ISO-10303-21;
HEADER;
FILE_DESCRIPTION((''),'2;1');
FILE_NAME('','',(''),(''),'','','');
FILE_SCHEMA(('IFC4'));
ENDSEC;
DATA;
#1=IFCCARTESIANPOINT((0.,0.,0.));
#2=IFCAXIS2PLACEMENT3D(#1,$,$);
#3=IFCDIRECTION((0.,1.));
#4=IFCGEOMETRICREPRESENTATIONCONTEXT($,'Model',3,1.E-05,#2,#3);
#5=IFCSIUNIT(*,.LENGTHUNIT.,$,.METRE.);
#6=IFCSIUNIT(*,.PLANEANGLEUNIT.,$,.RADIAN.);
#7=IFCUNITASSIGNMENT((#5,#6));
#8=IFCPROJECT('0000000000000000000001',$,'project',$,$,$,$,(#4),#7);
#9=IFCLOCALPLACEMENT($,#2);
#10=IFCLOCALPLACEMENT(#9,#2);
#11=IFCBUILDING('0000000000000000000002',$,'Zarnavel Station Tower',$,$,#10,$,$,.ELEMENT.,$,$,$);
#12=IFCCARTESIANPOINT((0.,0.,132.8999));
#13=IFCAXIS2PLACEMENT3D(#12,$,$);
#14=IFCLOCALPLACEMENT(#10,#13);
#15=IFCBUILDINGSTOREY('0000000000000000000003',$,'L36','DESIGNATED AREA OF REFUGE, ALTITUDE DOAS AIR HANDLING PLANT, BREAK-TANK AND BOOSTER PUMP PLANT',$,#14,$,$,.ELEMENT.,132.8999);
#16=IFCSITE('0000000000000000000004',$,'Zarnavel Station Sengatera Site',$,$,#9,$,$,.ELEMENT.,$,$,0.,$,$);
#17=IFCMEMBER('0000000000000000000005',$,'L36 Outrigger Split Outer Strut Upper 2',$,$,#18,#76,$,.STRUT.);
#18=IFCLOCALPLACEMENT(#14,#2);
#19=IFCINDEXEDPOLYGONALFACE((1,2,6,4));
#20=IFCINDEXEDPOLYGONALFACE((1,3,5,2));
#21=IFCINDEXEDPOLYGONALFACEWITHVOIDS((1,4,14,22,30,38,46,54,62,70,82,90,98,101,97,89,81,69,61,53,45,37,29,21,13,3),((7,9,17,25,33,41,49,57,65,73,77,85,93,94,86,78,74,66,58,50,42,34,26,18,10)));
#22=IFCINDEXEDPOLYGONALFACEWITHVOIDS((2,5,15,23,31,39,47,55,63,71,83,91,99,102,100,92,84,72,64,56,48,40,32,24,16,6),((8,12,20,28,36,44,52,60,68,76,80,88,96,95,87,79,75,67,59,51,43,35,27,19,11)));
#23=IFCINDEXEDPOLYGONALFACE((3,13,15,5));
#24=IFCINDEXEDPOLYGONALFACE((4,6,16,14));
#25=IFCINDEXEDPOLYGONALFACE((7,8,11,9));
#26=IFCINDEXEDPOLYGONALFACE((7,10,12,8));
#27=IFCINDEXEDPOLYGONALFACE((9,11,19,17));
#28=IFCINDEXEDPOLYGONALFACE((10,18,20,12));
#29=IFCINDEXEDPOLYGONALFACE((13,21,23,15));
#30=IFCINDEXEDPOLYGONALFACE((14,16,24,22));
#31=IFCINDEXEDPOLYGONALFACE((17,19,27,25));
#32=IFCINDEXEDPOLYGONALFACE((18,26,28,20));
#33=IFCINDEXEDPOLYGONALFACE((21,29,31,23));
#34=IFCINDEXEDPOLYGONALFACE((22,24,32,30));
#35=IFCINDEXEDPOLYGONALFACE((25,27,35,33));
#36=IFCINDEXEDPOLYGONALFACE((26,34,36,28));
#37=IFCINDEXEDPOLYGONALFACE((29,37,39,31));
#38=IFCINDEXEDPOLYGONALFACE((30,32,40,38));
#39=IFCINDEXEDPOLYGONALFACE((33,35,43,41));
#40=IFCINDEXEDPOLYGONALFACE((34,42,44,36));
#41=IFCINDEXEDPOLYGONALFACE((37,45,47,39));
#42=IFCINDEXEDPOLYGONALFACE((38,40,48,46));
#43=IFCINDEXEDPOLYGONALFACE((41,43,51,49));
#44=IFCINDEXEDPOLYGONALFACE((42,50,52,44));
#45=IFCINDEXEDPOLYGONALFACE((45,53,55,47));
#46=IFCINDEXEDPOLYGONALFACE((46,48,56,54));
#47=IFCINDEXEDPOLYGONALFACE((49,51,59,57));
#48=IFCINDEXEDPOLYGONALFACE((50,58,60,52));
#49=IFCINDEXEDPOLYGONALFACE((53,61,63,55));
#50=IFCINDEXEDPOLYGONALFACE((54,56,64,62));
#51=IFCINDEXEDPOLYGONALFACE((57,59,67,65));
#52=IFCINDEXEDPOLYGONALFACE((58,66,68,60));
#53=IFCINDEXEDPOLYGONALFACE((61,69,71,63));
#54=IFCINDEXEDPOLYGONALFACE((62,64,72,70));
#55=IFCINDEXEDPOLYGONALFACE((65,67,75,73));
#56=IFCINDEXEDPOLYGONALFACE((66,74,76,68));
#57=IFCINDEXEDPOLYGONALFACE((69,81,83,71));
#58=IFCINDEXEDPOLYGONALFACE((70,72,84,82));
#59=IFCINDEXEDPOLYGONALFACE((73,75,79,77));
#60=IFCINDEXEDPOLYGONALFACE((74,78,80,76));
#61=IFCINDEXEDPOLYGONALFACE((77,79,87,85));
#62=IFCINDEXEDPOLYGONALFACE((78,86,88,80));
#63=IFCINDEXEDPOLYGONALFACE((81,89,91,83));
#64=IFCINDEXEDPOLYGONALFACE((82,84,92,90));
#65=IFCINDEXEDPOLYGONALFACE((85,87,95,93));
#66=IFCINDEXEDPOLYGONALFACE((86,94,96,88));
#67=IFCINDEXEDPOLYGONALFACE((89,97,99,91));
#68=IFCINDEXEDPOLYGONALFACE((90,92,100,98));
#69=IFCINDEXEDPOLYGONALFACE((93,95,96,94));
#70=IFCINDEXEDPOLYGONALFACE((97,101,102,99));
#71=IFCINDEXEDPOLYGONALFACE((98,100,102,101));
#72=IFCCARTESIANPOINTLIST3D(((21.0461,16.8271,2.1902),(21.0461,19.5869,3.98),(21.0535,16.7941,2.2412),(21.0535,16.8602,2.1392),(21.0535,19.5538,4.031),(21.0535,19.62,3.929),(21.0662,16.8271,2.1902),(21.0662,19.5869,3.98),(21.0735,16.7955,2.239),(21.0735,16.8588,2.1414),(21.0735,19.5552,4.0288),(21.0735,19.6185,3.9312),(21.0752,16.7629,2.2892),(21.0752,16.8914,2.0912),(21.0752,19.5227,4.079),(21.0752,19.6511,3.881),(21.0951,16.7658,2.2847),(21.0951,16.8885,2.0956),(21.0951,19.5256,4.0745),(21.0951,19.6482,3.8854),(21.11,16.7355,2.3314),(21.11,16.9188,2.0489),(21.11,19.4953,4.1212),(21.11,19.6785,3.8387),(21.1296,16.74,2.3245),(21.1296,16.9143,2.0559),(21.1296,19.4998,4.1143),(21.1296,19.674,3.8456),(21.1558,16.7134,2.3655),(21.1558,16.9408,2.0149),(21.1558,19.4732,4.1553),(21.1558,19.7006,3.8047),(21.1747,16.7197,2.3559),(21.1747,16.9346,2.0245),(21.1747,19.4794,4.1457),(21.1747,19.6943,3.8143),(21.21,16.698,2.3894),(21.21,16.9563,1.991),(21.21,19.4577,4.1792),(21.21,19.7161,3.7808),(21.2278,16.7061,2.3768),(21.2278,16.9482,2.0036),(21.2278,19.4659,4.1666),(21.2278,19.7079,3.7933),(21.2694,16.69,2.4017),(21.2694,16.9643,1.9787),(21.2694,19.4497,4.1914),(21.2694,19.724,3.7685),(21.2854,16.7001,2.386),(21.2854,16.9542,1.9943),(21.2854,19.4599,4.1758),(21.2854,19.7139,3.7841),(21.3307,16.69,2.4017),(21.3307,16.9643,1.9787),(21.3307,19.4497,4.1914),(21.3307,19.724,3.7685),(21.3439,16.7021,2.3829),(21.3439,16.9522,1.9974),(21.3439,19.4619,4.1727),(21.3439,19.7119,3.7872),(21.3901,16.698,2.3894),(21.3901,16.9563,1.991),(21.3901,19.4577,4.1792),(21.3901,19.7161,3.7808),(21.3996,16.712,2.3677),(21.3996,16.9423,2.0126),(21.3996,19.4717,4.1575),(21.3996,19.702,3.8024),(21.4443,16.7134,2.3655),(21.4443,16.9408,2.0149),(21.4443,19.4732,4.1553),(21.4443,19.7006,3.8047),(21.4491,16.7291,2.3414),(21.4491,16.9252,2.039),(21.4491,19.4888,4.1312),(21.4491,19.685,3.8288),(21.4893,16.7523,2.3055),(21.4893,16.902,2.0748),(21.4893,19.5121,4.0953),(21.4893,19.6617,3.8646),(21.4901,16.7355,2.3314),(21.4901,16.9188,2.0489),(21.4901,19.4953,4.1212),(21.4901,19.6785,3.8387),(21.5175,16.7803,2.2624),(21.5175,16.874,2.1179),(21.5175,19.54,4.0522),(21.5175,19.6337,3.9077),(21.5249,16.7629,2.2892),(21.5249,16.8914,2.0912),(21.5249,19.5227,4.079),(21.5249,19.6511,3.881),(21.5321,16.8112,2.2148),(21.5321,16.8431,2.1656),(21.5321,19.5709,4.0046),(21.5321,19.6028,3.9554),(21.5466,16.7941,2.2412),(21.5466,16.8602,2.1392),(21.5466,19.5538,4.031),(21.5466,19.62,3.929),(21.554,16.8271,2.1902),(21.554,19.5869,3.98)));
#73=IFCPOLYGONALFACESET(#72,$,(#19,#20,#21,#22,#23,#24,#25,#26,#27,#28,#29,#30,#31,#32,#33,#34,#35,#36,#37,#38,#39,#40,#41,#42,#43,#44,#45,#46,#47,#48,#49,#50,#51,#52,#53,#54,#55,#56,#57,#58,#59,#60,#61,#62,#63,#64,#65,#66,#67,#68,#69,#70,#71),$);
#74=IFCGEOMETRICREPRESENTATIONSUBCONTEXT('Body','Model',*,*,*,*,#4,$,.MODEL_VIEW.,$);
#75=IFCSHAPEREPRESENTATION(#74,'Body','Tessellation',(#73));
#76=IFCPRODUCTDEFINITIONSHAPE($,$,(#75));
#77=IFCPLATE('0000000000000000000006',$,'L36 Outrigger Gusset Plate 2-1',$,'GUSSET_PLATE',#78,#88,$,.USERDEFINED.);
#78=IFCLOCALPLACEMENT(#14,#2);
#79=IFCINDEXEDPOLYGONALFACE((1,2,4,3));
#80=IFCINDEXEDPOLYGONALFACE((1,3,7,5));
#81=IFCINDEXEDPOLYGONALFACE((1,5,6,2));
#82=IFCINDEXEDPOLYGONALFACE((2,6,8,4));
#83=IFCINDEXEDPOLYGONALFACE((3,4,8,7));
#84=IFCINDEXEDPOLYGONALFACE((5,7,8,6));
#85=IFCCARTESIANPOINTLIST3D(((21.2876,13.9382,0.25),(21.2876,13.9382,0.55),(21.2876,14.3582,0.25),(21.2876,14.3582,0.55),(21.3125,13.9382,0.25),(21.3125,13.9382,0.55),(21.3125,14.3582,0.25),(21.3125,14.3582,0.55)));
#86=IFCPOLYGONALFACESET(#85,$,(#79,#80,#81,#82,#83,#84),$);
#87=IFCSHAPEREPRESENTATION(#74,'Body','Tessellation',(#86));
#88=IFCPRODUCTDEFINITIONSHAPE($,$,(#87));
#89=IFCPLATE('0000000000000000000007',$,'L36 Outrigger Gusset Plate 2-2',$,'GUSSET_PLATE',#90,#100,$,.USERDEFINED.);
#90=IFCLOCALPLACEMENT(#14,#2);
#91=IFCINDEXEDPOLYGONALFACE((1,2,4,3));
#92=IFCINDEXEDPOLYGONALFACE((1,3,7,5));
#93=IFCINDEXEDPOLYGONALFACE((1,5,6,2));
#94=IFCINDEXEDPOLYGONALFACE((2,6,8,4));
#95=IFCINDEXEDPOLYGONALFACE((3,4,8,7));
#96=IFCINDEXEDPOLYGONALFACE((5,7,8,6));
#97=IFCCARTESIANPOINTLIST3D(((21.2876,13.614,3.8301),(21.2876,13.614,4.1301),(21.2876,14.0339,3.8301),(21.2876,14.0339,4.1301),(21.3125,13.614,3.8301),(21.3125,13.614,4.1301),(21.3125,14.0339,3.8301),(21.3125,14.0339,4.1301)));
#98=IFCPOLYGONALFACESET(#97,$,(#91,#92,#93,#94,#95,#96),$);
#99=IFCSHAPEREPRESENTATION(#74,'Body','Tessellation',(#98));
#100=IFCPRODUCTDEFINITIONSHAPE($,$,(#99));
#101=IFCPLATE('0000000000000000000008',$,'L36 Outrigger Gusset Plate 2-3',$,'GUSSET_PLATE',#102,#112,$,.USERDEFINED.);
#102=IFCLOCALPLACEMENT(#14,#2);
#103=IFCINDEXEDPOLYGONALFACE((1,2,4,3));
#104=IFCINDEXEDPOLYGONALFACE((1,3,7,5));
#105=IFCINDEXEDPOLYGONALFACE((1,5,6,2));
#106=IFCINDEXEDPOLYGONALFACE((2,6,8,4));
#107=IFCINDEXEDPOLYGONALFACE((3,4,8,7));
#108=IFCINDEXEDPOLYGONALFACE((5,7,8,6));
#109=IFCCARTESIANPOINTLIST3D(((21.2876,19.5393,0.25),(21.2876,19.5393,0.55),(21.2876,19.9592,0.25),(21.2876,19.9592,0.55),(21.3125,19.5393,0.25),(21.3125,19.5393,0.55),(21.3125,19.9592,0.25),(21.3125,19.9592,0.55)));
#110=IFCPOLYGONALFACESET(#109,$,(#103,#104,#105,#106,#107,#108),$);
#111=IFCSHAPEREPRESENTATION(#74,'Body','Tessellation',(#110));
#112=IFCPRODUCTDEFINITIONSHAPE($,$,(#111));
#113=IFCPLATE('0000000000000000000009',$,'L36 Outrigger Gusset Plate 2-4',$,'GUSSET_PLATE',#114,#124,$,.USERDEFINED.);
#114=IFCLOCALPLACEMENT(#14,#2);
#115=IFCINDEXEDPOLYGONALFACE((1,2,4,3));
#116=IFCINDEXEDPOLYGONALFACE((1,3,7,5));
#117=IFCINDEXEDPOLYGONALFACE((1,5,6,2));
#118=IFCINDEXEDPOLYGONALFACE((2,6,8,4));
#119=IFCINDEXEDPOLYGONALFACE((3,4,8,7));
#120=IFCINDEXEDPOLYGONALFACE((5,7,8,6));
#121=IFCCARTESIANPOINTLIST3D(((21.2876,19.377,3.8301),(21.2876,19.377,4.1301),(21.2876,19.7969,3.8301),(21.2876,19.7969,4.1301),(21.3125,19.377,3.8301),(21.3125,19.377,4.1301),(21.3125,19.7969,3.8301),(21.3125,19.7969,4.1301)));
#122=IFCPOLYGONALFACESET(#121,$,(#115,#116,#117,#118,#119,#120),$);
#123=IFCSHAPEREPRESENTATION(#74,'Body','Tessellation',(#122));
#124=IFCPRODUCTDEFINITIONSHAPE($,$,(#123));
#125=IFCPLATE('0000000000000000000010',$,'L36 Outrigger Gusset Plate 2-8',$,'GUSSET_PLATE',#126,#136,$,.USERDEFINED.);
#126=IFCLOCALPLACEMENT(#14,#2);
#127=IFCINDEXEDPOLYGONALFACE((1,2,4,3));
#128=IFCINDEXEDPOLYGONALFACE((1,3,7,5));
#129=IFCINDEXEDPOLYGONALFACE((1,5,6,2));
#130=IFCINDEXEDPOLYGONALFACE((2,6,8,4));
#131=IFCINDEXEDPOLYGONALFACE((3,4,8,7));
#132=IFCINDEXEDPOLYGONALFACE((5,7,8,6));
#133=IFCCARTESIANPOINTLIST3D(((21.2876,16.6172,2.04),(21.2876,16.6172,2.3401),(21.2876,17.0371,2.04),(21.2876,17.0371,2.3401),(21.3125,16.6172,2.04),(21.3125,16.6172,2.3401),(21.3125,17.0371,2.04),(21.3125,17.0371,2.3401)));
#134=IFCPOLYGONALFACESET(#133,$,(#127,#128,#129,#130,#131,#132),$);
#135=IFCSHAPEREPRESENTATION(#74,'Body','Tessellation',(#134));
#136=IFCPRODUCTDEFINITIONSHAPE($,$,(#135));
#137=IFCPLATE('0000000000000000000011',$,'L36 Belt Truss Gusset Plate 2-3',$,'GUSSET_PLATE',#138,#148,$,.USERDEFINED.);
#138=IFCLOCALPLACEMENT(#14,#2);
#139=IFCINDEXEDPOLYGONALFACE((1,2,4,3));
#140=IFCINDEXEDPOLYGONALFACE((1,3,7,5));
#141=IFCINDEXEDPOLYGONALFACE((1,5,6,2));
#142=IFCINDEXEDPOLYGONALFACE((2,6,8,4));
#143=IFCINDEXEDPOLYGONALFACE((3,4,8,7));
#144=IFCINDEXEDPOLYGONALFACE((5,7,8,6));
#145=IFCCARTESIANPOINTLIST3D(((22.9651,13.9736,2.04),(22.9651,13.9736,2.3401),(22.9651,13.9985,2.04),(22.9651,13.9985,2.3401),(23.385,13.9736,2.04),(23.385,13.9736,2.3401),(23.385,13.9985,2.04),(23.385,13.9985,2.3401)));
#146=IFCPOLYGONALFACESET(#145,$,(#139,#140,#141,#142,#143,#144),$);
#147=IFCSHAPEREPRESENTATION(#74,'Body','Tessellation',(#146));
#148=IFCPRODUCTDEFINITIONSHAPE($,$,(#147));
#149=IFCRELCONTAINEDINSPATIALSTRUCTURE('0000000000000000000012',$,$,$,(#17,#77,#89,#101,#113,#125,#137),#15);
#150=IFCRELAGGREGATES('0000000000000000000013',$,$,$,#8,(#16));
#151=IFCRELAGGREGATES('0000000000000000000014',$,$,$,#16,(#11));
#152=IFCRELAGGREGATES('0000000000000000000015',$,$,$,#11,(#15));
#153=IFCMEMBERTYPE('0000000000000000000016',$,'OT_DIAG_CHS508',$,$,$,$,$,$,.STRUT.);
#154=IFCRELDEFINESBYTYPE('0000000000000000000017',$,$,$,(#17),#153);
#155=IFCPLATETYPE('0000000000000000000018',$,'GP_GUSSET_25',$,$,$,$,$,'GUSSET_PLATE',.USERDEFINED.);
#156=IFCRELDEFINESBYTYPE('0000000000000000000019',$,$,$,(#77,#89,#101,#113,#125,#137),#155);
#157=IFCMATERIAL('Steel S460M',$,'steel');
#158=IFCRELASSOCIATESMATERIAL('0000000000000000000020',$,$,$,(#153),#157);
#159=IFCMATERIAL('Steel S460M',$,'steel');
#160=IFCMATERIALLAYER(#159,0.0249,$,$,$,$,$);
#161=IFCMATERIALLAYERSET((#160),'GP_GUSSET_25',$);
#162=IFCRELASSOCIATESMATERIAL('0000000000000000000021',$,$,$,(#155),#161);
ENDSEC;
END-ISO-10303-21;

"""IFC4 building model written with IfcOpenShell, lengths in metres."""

from ifc_helpers import new_model, si_unit, direction, frame, origin, origin_2d, place, context, subcontext, project, spatial, rectangle, hollow_circle, extrude, material, layer, layer_set, material_profile, profile_set, type_object, element, save


model = new_model("IFC4")

# Units and contexts
model_context = context("Model", 3, precision=1e-05, world=origin(), true_north=direction((0.0, 1.0)))
body_context = subcontext(model_context, "Body", "Model", "MODEL_VIEW")
ifc_project = project(units=[si_unit("LENGTHUNIT", "METRE"), si_unit("PLANEANGLEUNIT", "RADIAN")], contexts=[model_context])

# Site, building, storey
site_placement = place(None, origin())
site = spatial("IfcSite", under=ifc_project, at=site_placement, Name="Zarnavel Station Sengatera Site", CompositionType="ELEMENT", RefElevation=0.0)
building_placement = place(site_placement, origin())
building = spatial("IfcBuilding", under=site, at=building_placement, Name="Zarnavel Station Tower", CompositionType="ELEMENT")
storey_placement = place(building_placement, frame((0.0, 0.0, 132.8999)))
storey = spatial("IfcBuildingStorey", under=building, at=storey_placement, Name="L36", Description="DESIGNATED AREA OF REFUGE, ALTITUDE DOAS AIR HANDLING PLANT, BREAK-TANK AND BOOSTER PUMP PLANT", CompositionType="ELEMENT", Elevation=132.8999)

# Member
ifc_material_1 = material(Name="Steel S460M", Category="steel")
ifc_material_profile_1 = material_profile(ifc_material_1, hollow_circle(Radius=0.2539, WallThickness=0.02, at=origin_2d()), Name="CHS508x20")
ifc_profile_set_1 = profile_set([ifc_material_profile_1], Name="Steel S460M")
member_type_1 = type_object("IfcMemberType", Name="OT_DIAG_CHS508", PredefinedType="STRUT", material=ifc_profile_set_1)
member_1_placement = place(storey_placement, frame((21.3, 16.8271, 2.1902), z_axis=(0.0, 0.839006, 0.544122), x_axis=(-1.0, 0.0, 0.0)))
element("IfcMember", 1, at=member_1_placement, inside=storey, type_object=member_type_1, Name="L36 Outrigger Split Outer Strut Upper 2", PredefinedType="STRUT", context=body_context, shape_type="SweptSolid", body=[
    extrude(hollow_circle(Radius=0.2539, WallThickness=0.02, at=origin_2d()), origin(), (0.0, 0.0, 1.0), 3.2893),
])

# Plates
ifc_material_2 = material(Name="Steel S460M", Category="steel")
ifc_layer_1 = layer(ifc_material_2, 0.0249)
ifc_layer_set_1 = layer_set([ifc_layer_1], Name="GP_GUSSET_25")
plate_type = type_object("IfcPlateType", Name="GP_GUSSET_25", ElementType="GUSSET_PLATE", PredefinedType="USERDEFINED", material=ifc_layer_set_1)
for number, where, z_axis, x_axis, name in (
    (2, (21.3, 14.1482, 0.25), (0.0, 0.0, 1.0), (1.0, 0.0, 0.0), "L36 Outrigger Gusset Plate 2-1"),
    (3, (21.3, 13.824, 3.8301), (0.0, 0.0, 1.0), (1.0, 0.0, 0.0), "L36 Outrigger Gusset Plate 2-2"),
    (4, (21.3, 19.7493, 0.25), (0.0, 0.0, 1.0), (1.0, 0.0, 0.0), "L36 Outrigger Gusset Plate 2-3"),
    (5, (21.3, 19.5869, 3.8301), (0.0, 0.0, 1.0), (1.0, 0.0, 0.0), "L36 Outrigger Gusset Plate 2-4"),
    (6, (21.3, 16.8271, 2.04), (0.0, 0.0, 1.0), (1.0, 0.0, 0.0), "L36 Outrigger Gusset Plate 2-8"),
):
    element("IfcPlate", number, at=place(storey_placement, frame(where, z_axis=z_axis, x_axis=x_axis)), inside=storey, type_object=plate_type, Name=name, ObjectType="GUSSET_PLATE", PredefinedType="USERDEFINED", context=body_context, shape_type="SweptSolid", body=[
        extrude(rectangle(XDim=0.0249, YDim=0.4199, at=origin_2d()), origin(), (0.0, 0.0, 1.0), 0.3),
    ])
plate_placement = place(storey_placement, frame((23.175, 13.9861, 2.04), z_axis=(0.0, 0.0, 1.0), x_axis=(1.0, 0.0, 0.0)))
element("IfcPlate", 7, at=plate_placement, inside=storey, type_object=plate_type, Name="L36 Belt Truss Gusset Plate 2-3", ObjectType="GUSSET_PLATE", PredefinedType="USERDEFINED", context=body_context, shape_type="SweptSolid", body=[
    extrude(rectangle(XDim=0.4199, YDim=0.0249, at=origin_2d()), origin(), (0.0, 0.0, 1.0), 0.3),
])

save(model, "model.ifc")
